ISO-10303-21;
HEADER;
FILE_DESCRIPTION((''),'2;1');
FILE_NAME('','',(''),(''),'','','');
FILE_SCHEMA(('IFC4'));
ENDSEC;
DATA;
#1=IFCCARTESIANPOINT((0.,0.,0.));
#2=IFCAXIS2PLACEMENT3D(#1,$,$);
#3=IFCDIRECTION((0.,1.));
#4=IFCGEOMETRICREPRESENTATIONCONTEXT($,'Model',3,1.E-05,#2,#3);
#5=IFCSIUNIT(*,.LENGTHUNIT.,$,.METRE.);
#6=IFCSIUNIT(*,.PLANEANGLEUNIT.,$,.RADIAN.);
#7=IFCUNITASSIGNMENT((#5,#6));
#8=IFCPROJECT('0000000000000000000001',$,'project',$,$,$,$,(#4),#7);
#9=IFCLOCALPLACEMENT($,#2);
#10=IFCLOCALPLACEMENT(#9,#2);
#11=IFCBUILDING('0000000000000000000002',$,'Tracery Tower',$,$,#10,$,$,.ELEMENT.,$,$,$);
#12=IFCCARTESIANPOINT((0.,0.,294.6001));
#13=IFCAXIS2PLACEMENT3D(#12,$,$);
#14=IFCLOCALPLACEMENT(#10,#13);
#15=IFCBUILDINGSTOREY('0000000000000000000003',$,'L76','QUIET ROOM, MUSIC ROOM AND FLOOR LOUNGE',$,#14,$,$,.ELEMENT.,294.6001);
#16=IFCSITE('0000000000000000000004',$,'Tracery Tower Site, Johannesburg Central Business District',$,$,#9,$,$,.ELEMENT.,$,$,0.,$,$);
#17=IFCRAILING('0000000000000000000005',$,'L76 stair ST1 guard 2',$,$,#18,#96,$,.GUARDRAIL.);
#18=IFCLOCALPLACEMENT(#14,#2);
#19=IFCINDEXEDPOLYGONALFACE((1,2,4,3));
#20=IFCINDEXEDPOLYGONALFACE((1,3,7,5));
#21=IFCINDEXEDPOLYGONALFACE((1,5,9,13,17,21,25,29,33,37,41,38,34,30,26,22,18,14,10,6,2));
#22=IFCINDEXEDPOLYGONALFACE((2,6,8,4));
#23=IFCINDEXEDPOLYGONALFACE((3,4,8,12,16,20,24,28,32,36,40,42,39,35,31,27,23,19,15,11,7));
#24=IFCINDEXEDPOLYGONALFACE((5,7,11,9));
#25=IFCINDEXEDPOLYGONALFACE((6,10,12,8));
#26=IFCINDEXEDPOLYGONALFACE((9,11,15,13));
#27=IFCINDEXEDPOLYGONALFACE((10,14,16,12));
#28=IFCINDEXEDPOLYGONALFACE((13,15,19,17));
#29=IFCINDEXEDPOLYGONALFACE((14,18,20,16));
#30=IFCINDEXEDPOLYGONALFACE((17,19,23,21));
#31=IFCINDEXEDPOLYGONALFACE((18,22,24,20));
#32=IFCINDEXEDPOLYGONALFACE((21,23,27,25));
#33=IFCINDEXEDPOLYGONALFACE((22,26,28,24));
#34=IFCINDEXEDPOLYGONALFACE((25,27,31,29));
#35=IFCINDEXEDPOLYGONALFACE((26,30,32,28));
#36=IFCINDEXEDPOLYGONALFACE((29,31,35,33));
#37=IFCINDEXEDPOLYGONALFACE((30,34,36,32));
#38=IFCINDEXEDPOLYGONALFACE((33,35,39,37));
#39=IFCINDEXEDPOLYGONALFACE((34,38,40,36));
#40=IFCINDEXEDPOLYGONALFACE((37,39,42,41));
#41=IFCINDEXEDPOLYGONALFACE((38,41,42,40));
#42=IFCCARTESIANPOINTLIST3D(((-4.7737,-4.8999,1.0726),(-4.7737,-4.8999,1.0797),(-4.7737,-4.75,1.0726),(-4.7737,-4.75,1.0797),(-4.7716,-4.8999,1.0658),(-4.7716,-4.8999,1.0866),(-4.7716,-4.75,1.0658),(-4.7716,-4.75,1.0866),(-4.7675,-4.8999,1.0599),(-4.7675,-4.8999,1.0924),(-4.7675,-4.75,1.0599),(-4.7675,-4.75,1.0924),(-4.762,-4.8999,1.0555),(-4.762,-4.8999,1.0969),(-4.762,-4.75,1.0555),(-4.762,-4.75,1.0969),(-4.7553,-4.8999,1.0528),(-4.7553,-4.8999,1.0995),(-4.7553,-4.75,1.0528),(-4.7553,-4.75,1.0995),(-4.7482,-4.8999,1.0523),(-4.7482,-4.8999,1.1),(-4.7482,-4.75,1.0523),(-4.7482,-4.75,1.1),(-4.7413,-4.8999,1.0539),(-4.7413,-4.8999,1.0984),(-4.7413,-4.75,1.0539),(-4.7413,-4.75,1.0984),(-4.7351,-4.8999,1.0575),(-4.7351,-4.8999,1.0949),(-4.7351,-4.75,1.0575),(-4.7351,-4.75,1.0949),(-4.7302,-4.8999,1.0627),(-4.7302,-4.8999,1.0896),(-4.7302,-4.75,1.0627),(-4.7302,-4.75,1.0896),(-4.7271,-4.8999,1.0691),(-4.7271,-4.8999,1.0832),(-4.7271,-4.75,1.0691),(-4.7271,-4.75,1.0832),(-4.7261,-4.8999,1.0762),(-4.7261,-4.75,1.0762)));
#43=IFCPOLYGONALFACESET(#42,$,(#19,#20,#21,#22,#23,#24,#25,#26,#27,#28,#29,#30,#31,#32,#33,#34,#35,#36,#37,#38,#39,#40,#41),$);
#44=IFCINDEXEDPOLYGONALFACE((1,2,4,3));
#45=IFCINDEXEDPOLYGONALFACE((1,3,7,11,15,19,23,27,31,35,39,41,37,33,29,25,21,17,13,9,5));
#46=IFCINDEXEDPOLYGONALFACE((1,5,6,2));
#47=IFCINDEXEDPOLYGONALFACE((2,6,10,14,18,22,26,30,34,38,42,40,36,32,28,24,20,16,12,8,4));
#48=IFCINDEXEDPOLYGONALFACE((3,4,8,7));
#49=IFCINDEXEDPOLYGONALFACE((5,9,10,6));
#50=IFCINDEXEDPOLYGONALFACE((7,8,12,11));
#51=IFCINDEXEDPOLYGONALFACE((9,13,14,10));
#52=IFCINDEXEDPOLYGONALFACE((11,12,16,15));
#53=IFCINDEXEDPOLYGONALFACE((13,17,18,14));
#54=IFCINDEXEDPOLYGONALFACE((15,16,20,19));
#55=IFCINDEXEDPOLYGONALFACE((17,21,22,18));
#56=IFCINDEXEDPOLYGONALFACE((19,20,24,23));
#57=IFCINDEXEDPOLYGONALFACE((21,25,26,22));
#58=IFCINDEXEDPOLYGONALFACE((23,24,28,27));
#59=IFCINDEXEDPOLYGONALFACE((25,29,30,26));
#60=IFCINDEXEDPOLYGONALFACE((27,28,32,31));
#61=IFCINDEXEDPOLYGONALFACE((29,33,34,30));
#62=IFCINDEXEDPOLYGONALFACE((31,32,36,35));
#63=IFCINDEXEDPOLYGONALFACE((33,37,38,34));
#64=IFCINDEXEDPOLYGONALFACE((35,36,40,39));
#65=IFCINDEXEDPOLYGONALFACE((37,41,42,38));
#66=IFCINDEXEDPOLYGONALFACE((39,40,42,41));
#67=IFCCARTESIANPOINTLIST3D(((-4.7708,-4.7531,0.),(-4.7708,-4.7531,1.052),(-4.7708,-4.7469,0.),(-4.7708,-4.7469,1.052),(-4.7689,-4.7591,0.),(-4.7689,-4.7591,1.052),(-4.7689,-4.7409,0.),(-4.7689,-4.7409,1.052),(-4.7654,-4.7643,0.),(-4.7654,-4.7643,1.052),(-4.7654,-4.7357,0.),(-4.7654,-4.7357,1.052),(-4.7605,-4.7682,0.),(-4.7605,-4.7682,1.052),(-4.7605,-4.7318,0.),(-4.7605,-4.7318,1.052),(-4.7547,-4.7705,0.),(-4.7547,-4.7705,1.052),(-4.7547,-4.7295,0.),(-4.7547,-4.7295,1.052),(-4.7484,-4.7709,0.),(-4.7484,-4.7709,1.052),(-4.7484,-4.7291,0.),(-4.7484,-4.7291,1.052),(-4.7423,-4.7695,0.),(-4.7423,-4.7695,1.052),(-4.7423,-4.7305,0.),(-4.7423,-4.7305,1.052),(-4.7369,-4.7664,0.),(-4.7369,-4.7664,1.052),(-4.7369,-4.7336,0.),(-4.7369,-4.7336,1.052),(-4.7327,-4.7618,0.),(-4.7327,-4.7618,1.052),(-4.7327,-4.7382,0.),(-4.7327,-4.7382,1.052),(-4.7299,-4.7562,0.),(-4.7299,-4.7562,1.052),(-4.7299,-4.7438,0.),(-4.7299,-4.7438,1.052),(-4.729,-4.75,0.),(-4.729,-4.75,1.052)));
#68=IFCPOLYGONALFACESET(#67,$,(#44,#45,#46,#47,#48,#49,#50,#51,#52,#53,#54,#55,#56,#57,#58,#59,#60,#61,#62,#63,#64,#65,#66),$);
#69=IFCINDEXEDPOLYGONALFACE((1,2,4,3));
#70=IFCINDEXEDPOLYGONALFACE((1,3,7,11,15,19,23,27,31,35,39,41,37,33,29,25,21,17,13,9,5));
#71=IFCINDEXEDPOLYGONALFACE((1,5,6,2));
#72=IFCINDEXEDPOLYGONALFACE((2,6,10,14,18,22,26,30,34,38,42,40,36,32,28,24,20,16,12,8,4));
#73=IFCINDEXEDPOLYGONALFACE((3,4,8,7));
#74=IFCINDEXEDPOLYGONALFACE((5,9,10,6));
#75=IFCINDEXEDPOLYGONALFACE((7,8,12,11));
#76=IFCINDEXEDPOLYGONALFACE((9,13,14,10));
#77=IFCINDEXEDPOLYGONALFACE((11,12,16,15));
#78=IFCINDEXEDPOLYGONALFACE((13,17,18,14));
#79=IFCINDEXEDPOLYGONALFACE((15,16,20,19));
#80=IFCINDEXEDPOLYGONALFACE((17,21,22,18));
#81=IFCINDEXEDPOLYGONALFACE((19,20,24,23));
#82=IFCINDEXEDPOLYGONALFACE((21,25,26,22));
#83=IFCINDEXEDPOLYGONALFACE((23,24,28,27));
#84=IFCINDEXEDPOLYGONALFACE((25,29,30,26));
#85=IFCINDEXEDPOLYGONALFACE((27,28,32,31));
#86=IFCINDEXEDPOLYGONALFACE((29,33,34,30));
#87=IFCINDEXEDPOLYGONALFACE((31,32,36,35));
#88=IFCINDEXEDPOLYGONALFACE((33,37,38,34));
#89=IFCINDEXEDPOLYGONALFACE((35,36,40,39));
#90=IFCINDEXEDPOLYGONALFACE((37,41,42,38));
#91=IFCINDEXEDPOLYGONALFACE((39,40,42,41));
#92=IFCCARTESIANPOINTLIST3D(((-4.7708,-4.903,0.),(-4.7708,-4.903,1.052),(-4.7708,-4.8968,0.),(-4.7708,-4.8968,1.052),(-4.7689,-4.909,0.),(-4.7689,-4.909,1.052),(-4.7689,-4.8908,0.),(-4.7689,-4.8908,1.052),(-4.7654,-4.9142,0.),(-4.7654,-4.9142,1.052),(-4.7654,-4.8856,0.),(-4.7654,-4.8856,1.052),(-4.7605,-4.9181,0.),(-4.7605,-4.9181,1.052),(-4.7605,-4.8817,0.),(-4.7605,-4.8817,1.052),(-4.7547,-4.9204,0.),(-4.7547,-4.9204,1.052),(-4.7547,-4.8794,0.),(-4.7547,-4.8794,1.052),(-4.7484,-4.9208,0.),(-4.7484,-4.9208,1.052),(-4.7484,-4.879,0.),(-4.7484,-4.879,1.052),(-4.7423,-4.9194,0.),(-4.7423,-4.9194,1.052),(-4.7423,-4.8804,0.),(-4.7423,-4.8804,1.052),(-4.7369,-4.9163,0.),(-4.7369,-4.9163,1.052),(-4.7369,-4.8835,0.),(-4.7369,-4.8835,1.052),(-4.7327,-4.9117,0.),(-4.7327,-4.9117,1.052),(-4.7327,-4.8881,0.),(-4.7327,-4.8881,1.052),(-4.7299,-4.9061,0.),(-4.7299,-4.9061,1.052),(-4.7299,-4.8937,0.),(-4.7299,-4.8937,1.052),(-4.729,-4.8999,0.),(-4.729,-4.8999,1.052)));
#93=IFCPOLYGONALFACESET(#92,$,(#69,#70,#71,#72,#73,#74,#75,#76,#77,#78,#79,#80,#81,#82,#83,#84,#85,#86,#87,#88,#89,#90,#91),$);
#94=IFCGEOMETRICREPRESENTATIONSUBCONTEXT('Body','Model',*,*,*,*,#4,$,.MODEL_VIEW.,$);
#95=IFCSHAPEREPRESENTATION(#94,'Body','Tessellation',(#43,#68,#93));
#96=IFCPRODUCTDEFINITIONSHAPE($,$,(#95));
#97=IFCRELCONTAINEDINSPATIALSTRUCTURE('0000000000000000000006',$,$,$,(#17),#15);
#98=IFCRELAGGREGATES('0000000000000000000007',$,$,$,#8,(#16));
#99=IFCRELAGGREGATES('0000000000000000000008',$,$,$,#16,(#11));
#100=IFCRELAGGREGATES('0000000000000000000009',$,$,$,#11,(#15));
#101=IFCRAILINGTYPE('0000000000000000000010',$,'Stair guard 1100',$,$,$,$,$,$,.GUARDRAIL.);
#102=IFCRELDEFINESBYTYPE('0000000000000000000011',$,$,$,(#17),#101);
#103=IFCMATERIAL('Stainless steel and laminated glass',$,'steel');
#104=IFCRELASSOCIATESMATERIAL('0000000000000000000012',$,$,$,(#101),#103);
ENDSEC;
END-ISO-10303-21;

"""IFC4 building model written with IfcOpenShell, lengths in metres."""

from ifc_helpers import new_model, si_unit, direction, frame, origin, origin_2d, place, context, subcontext, project, spatial, circle, extrude, material, type_object, element, save


model = new_model("IFC4")

# Units and contexts
model_context = context("Model", 3, precision=1e-05, world=origin(), true_north=direction((0.0, 1.0)))
body_context = subcontext(model_context, "Body", "Model", "MODEL_VIEW")
ifc_project = project(units=[si_unit("LENGTHUNIT", "METRE"), si_unit("PLANEANGLEUNIT", "RADIAN")], contexts=[model_context])

# Site, building, storey
site_placement = place(None, origin())
site = spatial("IfcSite", under=ifc_project, at=site_placement, Name="Tracery Tower Site, Johannesburg Central Business District", CompositionType="ELEMENT", RefElevation=0.0)
building_placement = place(site_placement, origin())
building = spatial("IfcBuilding", under=site, at=building_placement, Name="Tracery Tower", CompositionType="ELEMENT")
storey_placement = place(building_placement, frame((0.0, 0.0, 294.6001)))
storey = spatial("IfcBuildingStorey", under=building, at=storey_placement, Name="L76", Description="QUIET ROOM, MUSIC ROOM AND FLOOR LOUNGE", CompositionType="ELEMENT", Elevation=294.6001)

# Railing
ifc_material_1 = material(Name="Stainless steel and laminated glass", Category="steel")
railing_type_1 = type_object("IfcRailingType", Name="Stair guard 1100", PredefinedType="GUARDRAIL", material=ifc_material_1)
railing_1_placement = place(storey_placement, frame((-4.75, -4.75, 0.0)))
element("IfcRailing", 1, at=railing_1_placement, inside=storey, type_object=railing_type_1, Name="L76 stair ST1 guard 2", PredefinedType="GUARDRAIL", context=body_context, shape_type="SweptSolid", body=[
    extrude(circle(Radius=0.0239, at=origin_2d()), frame((0.0, 0.0, 1.0762), z_axis=(0.0, -1.0, 0.0), x_axis=(1.0, 0.0, 0.0)), (0.0, 0.0, 1.0), 0.1499),
    extrude(circle(Radius=0.021, at=origin_2d()), origin(), (0.0, 0.0, 1.0), 1.052),
    extrude(circle(Radius=0.021, at=origin_2d()), frame((0.0, -0.1499, 0.0)), (0.0, 0.0, 1.0), 1.052),
])

save(model, "model.ifc")
